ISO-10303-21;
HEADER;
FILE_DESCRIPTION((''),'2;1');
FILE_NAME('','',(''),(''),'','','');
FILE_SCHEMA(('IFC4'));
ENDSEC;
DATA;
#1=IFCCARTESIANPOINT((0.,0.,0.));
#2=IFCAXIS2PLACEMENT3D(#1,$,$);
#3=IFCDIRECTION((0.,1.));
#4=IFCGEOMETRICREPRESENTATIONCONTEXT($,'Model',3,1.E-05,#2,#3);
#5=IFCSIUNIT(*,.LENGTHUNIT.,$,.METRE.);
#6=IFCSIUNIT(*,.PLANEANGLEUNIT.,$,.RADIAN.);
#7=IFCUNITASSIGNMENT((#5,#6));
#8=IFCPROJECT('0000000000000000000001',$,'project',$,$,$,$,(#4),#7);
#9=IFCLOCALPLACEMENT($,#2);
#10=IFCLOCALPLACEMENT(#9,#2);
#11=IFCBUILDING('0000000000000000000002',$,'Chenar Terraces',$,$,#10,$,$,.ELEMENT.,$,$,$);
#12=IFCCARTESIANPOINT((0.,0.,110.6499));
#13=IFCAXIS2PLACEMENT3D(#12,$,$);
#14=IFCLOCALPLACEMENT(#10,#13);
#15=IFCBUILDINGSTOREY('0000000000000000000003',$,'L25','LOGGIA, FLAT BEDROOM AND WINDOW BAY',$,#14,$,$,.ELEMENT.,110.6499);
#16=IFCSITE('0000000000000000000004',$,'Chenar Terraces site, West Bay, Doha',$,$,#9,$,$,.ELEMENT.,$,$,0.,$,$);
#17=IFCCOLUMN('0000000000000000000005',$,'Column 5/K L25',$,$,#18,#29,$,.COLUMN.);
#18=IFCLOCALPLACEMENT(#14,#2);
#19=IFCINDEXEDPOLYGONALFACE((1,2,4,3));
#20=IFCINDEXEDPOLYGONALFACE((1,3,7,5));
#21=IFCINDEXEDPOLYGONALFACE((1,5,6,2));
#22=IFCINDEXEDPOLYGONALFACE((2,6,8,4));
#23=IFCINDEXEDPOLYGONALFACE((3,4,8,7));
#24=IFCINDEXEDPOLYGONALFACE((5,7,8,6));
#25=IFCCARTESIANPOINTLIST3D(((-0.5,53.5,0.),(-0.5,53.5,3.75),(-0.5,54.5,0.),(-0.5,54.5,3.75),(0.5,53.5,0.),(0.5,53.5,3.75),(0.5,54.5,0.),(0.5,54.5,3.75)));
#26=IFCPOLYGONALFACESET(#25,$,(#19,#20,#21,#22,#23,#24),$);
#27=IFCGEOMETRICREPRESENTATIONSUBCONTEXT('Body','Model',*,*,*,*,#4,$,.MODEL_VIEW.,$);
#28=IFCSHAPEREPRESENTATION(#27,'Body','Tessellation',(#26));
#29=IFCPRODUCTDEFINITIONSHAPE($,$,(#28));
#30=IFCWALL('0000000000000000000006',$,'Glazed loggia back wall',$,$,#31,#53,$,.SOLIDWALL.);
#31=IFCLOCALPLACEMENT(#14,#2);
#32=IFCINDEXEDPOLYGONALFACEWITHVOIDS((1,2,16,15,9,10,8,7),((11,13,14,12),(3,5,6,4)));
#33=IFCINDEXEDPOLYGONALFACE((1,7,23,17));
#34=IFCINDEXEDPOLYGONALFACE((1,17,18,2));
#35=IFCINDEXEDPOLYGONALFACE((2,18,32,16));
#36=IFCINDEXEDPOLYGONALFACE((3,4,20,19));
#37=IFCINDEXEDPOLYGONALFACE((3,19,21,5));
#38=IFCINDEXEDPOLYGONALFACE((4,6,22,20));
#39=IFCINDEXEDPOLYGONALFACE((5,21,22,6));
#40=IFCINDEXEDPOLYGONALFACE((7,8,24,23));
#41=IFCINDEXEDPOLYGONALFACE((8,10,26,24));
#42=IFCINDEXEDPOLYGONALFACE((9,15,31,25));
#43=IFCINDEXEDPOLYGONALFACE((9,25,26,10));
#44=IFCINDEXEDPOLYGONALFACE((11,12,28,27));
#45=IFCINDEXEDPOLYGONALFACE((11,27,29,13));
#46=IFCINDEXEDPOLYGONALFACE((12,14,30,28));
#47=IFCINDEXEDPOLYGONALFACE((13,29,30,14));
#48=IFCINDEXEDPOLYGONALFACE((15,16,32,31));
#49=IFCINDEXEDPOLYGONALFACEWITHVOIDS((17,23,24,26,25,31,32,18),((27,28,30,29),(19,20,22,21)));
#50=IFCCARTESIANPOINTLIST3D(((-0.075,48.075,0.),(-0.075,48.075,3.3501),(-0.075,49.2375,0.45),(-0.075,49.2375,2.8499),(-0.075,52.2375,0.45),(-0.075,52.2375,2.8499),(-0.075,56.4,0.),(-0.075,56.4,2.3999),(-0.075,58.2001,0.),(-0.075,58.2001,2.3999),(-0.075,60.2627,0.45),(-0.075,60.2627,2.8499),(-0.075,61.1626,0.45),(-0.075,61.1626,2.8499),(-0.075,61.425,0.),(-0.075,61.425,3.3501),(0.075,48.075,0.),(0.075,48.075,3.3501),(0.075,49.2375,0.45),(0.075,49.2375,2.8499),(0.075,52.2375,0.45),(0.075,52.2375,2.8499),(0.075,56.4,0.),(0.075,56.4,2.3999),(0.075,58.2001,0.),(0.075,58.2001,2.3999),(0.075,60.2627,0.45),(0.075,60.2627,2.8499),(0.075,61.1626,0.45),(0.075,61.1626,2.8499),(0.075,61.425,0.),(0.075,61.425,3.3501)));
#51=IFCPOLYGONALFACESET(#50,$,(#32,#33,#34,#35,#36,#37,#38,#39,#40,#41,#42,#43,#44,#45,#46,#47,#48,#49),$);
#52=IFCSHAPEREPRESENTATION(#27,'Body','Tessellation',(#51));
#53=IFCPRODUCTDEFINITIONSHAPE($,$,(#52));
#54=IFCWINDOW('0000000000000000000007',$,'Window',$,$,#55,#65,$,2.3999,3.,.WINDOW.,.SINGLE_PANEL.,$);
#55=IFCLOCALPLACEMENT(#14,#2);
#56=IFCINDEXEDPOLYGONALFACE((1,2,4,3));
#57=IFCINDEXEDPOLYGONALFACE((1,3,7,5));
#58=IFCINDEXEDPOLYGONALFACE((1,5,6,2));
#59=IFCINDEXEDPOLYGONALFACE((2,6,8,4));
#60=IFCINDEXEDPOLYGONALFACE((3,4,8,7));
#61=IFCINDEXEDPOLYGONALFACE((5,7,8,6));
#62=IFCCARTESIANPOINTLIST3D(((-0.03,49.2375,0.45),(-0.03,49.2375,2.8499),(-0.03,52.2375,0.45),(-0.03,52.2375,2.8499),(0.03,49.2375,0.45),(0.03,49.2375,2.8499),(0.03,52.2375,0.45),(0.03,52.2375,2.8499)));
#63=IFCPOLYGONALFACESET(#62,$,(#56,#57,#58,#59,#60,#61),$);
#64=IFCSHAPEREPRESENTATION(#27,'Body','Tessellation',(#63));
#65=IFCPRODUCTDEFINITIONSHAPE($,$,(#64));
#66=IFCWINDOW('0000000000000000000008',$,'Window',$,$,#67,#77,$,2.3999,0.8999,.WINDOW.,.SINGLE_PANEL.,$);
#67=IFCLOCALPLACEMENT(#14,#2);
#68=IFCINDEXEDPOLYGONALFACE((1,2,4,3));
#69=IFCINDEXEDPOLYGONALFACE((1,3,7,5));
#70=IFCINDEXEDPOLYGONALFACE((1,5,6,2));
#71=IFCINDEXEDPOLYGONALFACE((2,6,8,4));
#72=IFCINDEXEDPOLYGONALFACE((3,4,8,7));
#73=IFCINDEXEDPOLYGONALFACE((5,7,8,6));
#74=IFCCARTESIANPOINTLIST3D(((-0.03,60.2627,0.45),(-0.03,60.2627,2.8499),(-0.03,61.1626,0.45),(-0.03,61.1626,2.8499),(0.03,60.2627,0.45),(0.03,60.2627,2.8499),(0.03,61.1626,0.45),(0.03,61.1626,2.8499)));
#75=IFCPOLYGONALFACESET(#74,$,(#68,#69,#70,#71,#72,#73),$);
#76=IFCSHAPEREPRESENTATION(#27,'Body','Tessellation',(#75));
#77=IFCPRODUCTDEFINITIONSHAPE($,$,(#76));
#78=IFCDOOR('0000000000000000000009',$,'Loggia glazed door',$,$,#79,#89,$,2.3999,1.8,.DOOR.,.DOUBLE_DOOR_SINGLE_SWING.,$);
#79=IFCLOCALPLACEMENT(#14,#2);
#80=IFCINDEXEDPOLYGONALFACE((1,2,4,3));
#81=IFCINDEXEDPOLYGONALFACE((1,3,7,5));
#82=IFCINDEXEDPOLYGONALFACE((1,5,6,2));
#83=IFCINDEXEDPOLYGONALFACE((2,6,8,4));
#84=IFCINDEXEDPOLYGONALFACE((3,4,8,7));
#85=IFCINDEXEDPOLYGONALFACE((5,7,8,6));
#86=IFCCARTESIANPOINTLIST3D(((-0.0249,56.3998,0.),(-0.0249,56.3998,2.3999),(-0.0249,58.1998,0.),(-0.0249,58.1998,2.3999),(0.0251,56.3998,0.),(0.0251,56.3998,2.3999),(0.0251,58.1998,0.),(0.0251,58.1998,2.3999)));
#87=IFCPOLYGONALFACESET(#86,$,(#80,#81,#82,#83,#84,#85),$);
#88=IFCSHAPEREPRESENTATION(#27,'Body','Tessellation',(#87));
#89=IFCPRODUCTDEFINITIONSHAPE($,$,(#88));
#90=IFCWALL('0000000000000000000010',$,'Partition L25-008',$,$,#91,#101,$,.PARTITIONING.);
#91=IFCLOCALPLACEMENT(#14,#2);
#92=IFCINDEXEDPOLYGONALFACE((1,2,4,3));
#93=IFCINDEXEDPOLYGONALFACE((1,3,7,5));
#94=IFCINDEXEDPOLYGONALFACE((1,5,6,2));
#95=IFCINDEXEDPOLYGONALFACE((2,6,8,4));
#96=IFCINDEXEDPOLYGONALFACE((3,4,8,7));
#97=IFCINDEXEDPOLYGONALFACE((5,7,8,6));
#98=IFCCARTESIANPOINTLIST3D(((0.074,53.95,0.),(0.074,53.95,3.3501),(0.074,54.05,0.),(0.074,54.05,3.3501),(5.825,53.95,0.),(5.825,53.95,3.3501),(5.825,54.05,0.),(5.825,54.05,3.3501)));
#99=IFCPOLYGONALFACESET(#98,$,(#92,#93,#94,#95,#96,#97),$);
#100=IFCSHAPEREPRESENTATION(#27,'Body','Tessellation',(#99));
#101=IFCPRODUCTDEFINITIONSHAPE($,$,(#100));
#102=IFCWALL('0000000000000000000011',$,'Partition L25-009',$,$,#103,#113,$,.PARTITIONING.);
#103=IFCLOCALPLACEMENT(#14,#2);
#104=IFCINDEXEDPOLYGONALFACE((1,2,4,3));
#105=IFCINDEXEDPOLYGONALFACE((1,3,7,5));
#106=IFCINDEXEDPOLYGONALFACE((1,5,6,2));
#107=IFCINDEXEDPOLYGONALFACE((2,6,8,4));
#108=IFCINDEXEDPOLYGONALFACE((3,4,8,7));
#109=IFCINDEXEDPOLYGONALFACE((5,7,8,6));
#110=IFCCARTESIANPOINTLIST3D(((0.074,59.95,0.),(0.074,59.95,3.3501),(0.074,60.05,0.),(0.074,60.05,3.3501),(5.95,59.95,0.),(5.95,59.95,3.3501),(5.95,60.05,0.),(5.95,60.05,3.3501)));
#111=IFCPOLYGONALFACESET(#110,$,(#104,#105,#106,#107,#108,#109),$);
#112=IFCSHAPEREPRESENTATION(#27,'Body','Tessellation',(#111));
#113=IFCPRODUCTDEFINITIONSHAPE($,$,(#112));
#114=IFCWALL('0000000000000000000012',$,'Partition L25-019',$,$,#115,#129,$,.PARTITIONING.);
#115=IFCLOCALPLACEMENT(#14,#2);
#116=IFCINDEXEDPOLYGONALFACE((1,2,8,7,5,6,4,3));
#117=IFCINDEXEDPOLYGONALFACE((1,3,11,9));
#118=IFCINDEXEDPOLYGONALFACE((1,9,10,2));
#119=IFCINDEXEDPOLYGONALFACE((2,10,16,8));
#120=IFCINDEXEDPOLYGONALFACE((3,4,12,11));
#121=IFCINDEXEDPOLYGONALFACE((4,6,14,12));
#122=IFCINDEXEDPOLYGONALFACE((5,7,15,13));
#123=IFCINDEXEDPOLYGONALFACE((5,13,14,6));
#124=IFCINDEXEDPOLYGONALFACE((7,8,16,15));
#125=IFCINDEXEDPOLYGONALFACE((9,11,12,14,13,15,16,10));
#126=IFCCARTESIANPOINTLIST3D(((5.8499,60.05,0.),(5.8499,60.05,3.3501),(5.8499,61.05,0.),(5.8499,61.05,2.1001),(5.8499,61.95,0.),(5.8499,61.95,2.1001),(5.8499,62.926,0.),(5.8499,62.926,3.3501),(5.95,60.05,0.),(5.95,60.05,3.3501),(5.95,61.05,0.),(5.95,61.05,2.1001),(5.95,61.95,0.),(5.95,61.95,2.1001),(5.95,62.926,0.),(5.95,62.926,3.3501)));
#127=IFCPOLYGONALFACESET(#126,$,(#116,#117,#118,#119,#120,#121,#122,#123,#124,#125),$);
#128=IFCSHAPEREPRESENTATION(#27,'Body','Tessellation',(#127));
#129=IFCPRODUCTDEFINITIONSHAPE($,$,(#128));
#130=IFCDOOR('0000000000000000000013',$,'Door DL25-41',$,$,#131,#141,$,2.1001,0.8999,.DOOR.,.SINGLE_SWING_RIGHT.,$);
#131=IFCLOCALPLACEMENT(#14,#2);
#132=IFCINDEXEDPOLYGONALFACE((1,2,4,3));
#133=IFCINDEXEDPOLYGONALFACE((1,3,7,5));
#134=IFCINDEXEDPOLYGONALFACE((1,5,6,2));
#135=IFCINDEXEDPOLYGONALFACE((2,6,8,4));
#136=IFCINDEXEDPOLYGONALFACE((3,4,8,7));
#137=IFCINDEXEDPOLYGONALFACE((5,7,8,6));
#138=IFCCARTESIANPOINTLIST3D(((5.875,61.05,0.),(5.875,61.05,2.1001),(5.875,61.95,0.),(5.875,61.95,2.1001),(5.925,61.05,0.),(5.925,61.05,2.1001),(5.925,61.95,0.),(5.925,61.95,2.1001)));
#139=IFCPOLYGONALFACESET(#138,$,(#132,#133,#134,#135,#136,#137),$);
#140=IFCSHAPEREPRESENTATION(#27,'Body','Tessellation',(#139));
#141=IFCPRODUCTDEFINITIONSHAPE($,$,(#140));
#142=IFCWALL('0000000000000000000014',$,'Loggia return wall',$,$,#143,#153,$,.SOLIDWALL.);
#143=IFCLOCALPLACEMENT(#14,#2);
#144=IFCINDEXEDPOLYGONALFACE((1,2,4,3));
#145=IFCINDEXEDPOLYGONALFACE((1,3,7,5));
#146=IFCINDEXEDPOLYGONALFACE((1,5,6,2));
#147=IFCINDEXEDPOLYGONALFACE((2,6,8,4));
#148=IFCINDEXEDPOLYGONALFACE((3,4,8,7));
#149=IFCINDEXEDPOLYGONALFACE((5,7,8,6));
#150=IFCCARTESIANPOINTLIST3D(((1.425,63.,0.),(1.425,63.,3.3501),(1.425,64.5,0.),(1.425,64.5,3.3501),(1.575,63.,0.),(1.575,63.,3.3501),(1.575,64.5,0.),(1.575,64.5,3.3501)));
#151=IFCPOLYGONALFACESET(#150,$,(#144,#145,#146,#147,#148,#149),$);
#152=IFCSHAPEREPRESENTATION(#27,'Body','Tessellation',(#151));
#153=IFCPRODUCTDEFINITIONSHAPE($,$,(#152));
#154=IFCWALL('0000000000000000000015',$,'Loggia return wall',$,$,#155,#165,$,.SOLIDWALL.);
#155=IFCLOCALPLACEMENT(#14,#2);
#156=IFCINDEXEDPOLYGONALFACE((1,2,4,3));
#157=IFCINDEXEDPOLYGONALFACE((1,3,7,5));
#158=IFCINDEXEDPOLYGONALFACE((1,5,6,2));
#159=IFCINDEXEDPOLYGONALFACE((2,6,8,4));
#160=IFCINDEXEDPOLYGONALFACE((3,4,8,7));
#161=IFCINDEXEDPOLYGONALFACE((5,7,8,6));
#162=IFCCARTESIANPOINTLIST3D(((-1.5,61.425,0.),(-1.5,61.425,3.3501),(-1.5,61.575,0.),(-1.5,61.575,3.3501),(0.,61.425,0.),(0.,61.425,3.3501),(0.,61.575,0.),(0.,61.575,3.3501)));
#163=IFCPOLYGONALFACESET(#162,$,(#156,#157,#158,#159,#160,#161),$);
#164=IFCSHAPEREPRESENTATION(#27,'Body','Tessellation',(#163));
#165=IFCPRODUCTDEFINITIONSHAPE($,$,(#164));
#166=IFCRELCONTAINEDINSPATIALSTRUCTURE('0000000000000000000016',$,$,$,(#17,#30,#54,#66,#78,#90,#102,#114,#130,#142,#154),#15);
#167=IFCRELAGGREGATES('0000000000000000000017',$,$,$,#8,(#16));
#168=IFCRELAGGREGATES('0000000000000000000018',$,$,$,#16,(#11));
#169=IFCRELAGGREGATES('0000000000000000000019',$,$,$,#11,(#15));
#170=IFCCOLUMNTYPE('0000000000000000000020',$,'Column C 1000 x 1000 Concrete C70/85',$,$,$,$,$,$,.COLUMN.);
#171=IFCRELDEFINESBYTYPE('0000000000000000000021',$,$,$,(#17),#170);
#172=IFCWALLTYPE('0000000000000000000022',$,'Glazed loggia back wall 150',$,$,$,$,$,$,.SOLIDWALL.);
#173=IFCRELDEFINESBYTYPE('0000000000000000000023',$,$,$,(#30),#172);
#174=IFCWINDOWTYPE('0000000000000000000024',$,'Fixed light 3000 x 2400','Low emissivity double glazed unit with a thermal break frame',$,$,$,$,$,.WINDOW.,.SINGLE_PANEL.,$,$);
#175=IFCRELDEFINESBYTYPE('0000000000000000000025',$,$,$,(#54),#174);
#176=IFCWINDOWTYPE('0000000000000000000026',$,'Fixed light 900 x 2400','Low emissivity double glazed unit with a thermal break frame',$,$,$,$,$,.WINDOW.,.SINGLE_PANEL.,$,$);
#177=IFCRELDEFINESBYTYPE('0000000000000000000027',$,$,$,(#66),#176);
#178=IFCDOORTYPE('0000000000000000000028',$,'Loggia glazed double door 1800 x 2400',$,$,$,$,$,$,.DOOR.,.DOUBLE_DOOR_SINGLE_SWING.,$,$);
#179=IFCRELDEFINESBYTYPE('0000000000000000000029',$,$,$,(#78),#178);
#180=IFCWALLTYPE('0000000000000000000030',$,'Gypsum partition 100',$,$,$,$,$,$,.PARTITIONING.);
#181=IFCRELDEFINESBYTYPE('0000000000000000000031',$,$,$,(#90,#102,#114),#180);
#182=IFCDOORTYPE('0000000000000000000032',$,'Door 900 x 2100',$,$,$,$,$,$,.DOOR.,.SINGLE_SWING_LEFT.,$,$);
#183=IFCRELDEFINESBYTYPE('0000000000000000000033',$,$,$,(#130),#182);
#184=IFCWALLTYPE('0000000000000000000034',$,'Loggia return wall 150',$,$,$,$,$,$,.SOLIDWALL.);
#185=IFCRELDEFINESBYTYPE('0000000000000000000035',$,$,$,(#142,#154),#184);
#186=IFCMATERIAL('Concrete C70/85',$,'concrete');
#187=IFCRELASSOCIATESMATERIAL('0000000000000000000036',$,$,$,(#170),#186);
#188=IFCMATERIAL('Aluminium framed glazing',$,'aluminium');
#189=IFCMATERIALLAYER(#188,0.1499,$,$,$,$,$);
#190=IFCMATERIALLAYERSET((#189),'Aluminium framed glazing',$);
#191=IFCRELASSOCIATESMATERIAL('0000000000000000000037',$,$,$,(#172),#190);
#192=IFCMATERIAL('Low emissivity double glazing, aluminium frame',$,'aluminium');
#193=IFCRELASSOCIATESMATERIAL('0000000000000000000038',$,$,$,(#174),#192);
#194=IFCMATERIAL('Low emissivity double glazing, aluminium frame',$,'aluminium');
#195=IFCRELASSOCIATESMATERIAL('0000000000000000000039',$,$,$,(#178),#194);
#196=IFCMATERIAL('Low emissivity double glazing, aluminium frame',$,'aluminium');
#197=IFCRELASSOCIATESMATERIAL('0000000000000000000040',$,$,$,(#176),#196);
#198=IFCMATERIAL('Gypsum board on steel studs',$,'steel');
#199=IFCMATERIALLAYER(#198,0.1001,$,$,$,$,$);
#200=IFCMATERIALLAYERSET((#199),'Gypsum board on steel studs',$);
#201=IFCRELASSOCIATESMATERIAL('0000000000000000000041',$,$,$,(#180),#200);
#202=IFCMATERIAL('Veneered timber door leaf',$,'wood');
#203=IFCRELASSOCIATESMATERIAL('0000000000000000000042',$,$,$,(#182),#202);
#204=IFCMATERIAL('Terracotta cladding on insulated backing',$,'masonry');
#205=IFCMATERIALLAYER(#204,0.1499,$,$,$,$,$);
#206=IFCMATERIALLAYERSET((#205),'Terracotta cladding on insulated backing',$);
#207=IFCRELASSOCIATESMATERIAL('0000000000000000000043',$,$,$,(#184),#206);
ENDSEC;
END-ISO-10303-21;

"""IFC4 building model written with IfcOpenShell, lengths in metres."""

from ifc_helpers import new_model, si_unit, direction, frame, frame_2d, origin, origin_2d, place, context, subcontext, project, spatial, rectangle, extrude, material, layer, layer_set, material_profile, profile_set, type_object, element, fill, save


model = new_model("IFC4")

# Units and contexts
model_context = context("Model", 3, precision=1e-05, world=origin(), true_north=direction((0.0, 1.0)))
body_context = subcontext(model_context, "Body", "Model", "MODEL_VIEW")
ifc_project = project(units=[si_unit("LENGTHUNIT", "METRE"), si_unit("PLANEANGLEUNIT", "RADIAN")], contexts=[model_context])

# Site, building, storey
site_placement = place(None, origin())
site = spatial("IfcSite", under=ifc_project, at=site_placement, Name="Chenar Terraces site, West Bay, Doha", CompositionType="ELEMENT", RefElevation=0.0)
building_placement = place(site_placement, origin())
building = spatial("IfcBuilding", under=site, at=building_placement, Name="Chenar Terraces", CompositionType="ELEMENT")
storey_placement = place(building_placement, frame((0.0, 0.0, 110.6499)))
storey = spatial("IfcBuildingStorey", under=building, at=storey_placement, Name="L25", Description="LOGGIA, FLAT BEDROOM AND WINDOW BAY", CompositionType="ELEMENT", Elevation=110.6499)

# Column
ifc_material_1 = material(Name="Concrete C70/85", Category="concrete")
ifc_material_profile = material_profile(ifc_material_1, rectangle(XDim=1.0, YDim=1.0, at=origin_2d()), Name="C 1000 x 1000")
ifc_profile_set = profile_set([ifc_material_profile], Name="Concrete C70/85")
column_type = type_object("IfcColumnType", Name="Column C 1000 x 1000 Concrete C70/85", PredefinedType="COLUMN", material=ifc_profile_set)
column_placement = place(storey_placement, frame((0.0, 54.0, 0.0), z_axis=(0.0, 0.0, 1.0), x_axis=(1.0, 0.0, 0.0)))
element("IfcColumn", 1, at=column_placement, inside=storey, type_object=column_type, Name="Column 5/K L25", PredefinedType="COLUMN", context=body_context, shape_type="SweptSolid", body=[
    extrude(rectangle(XDim=1.0, YDim=1.0, at=origin_2d()), origin(), (0.0, 0.0, 1.0), 3.75),
])

# Shared definitions
ifc_material_2 = material(Name="Aluminium framed glazing", Category="aluminium")
ifc_layer_1 = layer(ifc_material_2, 0.1499)
ifc_layer_set_1 = layer_set([ifc_layer_1], Name="Aluminium framed glazing")
wall_type_1 = type_object("IfcWallType", Name="Glazed loggia back wall 150", PredefinedType="SOLIDWALL", material=ifc_layer_set_1)
ifc_material_3 = material(Name="Low emissivity double glazing, aluminium frame", Category="aluminium")
window_type_1 = type_object("IfcWindowType", Name="Fixed light 3000 x 2400", Description="Low emissivity double glazed unit with a thermal break frame", PartitioningType="SINGLE_PANEL", PredefinedType="WINDOW", material=ifc_material_3)
ifc_material_4 = material(Name="Low emissivity double glazing, aluminium frame", Category="aluminium")
door_type_1 = type_object("IfcDoorType", Name="Loggia glazed double door 1800 x 2400", OperationType="DOUBLE_DOOR_SINGLE_SWING", PredefinedType="DOOR", material=ifc_material_4)

# Wall, openings, windows, door
wall_1_placement = place(storey_placement, frame((0.0, 61.425, 0.0), z_axis=(0.0, 0.0, 1.0), x_axis=(0.0, -1.0, 0.0)))
wall_1 = element("IfcWall", 2, at=wall_1_placement, inside=storey, type_object=wall_type_1, Name="Glazed loggia back wall", PredefinedType="SOLIDWALL", context=body_context, shape_type="SweptSolid", body=[
    extrude(rectangle(XDim=13.3501, YDim=0.1499, at=frame_2d((6.675, 0.0))), origin(), (0.0, 0.0, 1.0), 3.3501),
])
opening_1_placement = place(wall_1_placement, frame((0.2625, 0.0, 0.45)))
opening_1 = element("IfcOpeningElement", 3, at=opening_1_placement, cuts=wall_1, PredefinedType="OPENING", context=body_context, shape_type="SweptSolid", body=[
    extrude(rectangle(XDim=0.8999, YDim=2.3999, at=frame_2d((0.45, 1.2))), frame((0.0, 0.085, 0.0), z_axis=(0.0, -1.0, 0.0), x_axis=(1.0, 0.0, 0.0)), (0.0, 0.0, 1.0), 0.1699),
])
opening_2_placement = place(wall_1_placement, frame((3.2251, 0.0, 0.0)))
opening_2 = element("IfcOpeningElement", 4, at=opening_2_placement, cuts=wall_1, PredefinedType="OPENING", context=body_context, shape_type="SweptSolid", body=[
    extrude(rectangle(XDim=1.8, YDim=2.3999, at=frame_2d((0.8999, 1.2))), frame((0.0, 0.085, 0.0), z_axis=(0.0, -1.0, 0.0), x_axis=(1.0, 0.0, 0.0)), (0.0, 0.0, 1.0), 0.1699),
])
opening_3_placement = place(wall_1_placement, frame((9.1875, 0.0, 0.45)))
opening_3 = element("IfcOpeningElement", 5, at=opening_3_placement, cuts=wall_1, PredefinedType="OPENING", context=body_context, shape_type="SweptSolid", body=[
    extrude(rectangle(XDim=3.0, YDim=2.3999, at=frame_2d((1.5, 1.2))), frame((0.0, 0.085, 0.0), z_axis=(0.0, -1.0, 0.0), x_axis=(1.0, 0.0, 0.0)), (0.0, 0.0, 1.0), 0.1699),
])
window_1_placement = place(opening_3_placement, origin())
window_1 = element("IfcWindow", 6, at=window_1_placement, inside=storey, type_object=window_type_1, Name="Window", OverallHeight=2.3999, OverallWidth=3.0, PartitioningType="SINGLE_PANEL", PredefinedType="WINDOW", context=body_context, shape_type="SweptSolid", body=[
    extrude(rectangle(XDim=3.0, YDim=2.3999, at=frame_2d((1.5, 1.2))), frame((0.0, 0.03, 0.0), z_axis=(0.0, -1.0, 0.0), x_axis=(1.0, 0.0, 0.0)), (0.0, 0.0, 1.0), 0.0601),
])
fill(opening_3, window_1)
ifc_material_5 = material(Name="Low emissivity double glazing, aluminium frame", Category="aluminium")
window_type_2 = type_object("IfcWindowType", Name="Fixed light 900 x 2400", Description="Low emissivity double glazed unit with a thermal break frame", PartitioningType="SINGLE_PANEL", PredefinedType="WINDOW", material=ifc_material_5)
window_2_placement = place(opening_1_placement, origin())
window_2 = element("IfcWindow", 7, at=window_2_placement, inside=storey, type_object=window_type_2, Name="Window", OverallHeight=2.3999, OverallWidth=0.8999, PartitioningType="SINGLE_PANEL", PredefinedType="WINDOW", context=body_context, shape_type="SweptSolid", body=[
    extrude(rectangle(XDim=0.8999, YDim=2.3999, at=frame_2d((0.45, 1.2))), frame((0.0, 0.03, 0.0), z_axis=(0.0, -1.0, 0.0), x_axis=(1.0, 0.0, 0.0)), (0.0, 0.0, 1.0), 0.0601),
])
fill(opening_1, window_2)
door_1_placement = place(opening_2_placement, frame((1.8, 0.0, 0.0), z_axis=(0.0, 0.0, 1.0), x_axis=(-1.0, 0.0, 0.0)))
door_1 = element("IfcDoor", 8, at=door_1_placement, inside=storey, type_object=door_type_1, Name="Loggia glazed door", OperationType="DOUBLE_DOOR_SINGLE_SWING", OverallHeight=2.3999, OverallWidth=1.8, PredefinedType="DOOR", context=body_context, shape_type="SweptSolid", body=[
    extrude(rectangle(XDim=1.8, YDim=2.3999, at=frame_2d((0.8999, 1.2))), frame((0.0, 0.0249, 0.0), z_axis=(0.0, -1.0, 0.0), x_axis=(1.0, 0.0, 0.0)), (0.0, 0.0, 1.0), 0.05),
])
fill(opening_2, door_1)

# Walls
ifc_material_6 = material(Name="Gypsum board on steel studs", Category="steel")
ifc_layer_2 = layer(ifc_material_6, 0.1001)
ifc_layer_set_2 = layer_set([ifc_layer_2], Name="Gypsum board on steel studs")
wall_type_2 = type_object("IfcWallType", Name="Gypsum partition 100", PredefinedType="PARTITIONING", material=ifc_layer_set_2)
wall_2_placement = place(storey_placement, frame((0.074, 54.0, 0.0), z_axis=(0.0, 0.0, 1.0), x_axis=(1.0, 0.0, 0.0)))
element("IfcWall", 9, at=wall_2_placement, inside=storey, type_object=wall_type_2, Name="Partition L25-008", PredefinedType="PARTITIONING", context=body_context, shape_type="SweptSolid", body=[
    extrude(rectangle(XDim=5.751, YDim=0.1001, at=frame_2d((2.8755, 0.0))), origin(), (0.0, 0.0, 1.0), 3.3501),
])
wall_3_placement = place(storey_placement, frame((0.074, 60.0, 0.0), z_axis=(0.0, 0.0, 1.0), x_axis=(1.0, 0.0, 0.0)))
element("IfcWall", 10, at=wall_3_placement, inside=storey, type_object=wall_type_2, Name="Partition L25-009", PredefinedType="PARTITIONING", context=body_context, shape_type="SweptSolid", body=[
    extrude(rectangle(XDim=5.876, YDim=0.1001, at=frame_2d((2.938, 0.0))), origin(), (0.0, 0.0, 1.0), 3.3501),
])

# Wall, opening, door
wall_4_placement = place(storey_placement, frame((5.8999, 60.05, 0.0), z_axis=(0.0, 0.0, 1.0), x_axis=(0.0, 1.0, 0.0)))
wall_4 = element("IfcWall", 11, at=wall_4_placement, inside=storey, type_object=wall_type_2, Name="Partition L25-019", PredefinedType="PARTITIONING", context=body_context, shape_type="SweptSolid", body=[
    extrude(rectangle(XDim=2.876, YDim=0.1001, at=frame_2d((1.438, 0.0))), origin(), (0.0, 0.0, 1.0), 3.3501),
])
opening_4_placement = place(wall_4_placement, frame((1.0, 0.0, 0.0)))
opening_4 = element("IfcOpeningElement", 12, at=opening_4_placement, cuts=wall_4, PredefinedType="OPENING", context=body_context, shape_type="SweptSolid", body=[
    extrude(rectangle(XDim=0.8999, YDim=2.1001, at=frame_2d((0.45, 1.05))), frame((0.0, 0.0601, 0.0), z_axis=(0.0, -1.0, 0.0), x_axis=(1.0, 0.0, 0.0)), (0.0, 0.0, 1.0), 0.1201),
])
ifc_material_7 = material(Name="Veneered timber door leaf", Category="wood")
door_type_2 = type_object("IfcDoorType", Name="Door 900 x 2100", OperationType="SINGLE_SWING_LEFT", PredefinedType="DOOR", material=ifc_material_7)
door_2_placement = place(opening_4_placement, origin())
door_2 = element("IfcDoor", 13, at=door_2_placement, inside=storey, type_object=door_type_2, Name="Door DL25-41", OperationType="SINGLE_SWING_RIGHT", OverallHeight=2.1001, OverallWidth=0.8999, PredefinedType="DOOR", context=body_context, shape_type="SweptSolid", body=[
    extrude(rectangle(XDim=0.8999, YDim=2.1001, at=frame_2d((0.45, 1.05))), frame((0.0, 0.0249, 0.0), z_axis=(0.0, -1.0, 0.0), x_axis=(1.0, 0.0, 0.0)), (0.0, 0.0, 1.0), 0.05),
])
fill(opening_4, door_2)

# Walls
ifc_material_8 = material(Name="Terracotta cladding on insulated backing", Category="masonry")
ifc_layer_3 = layer(ifc_material_8, 0.1499)
ifc_layer_set_3 = layer_set([ifc_layer_3], Name="Terracotta cladding on insulated backing")
wall_type_3 = type_object("IfcWallType", Name="Loggia return wall 150", PredefinedType="SOLIDWALL", material=ifc_layer_set_3)
for number, where, z_axis, x_axis, name in (
    (14, (1.5, 64.5, 0.0), (0.0, 0.0, 1.0), (0.0, -1.0, 0.0), "Loggia return wall"),
    (15, (-1.5, 61.5, 0.0), (0.0, 0.0, 1.0), (1.0, 0.0, 0.0), "Loggia return wall"),
):
    element("IfcWall", number, at=place(storey_placement, frame(where, z_axis=z_axis, x_axis=x_axis)), inside=storey, type_object=wall_type_3, Name=name, PredefinedType="SOLIDWALL", context=body_context, shape_type="SweptSolid", body=[
        extrude(rectangle(XDim=1.5, YDim=0.1499, at=frame_2d((0.75, 0.0))), origin(), (0.0, 0.0, 1.0), 3.3501),
    ])

save(model, "model.ifc")
